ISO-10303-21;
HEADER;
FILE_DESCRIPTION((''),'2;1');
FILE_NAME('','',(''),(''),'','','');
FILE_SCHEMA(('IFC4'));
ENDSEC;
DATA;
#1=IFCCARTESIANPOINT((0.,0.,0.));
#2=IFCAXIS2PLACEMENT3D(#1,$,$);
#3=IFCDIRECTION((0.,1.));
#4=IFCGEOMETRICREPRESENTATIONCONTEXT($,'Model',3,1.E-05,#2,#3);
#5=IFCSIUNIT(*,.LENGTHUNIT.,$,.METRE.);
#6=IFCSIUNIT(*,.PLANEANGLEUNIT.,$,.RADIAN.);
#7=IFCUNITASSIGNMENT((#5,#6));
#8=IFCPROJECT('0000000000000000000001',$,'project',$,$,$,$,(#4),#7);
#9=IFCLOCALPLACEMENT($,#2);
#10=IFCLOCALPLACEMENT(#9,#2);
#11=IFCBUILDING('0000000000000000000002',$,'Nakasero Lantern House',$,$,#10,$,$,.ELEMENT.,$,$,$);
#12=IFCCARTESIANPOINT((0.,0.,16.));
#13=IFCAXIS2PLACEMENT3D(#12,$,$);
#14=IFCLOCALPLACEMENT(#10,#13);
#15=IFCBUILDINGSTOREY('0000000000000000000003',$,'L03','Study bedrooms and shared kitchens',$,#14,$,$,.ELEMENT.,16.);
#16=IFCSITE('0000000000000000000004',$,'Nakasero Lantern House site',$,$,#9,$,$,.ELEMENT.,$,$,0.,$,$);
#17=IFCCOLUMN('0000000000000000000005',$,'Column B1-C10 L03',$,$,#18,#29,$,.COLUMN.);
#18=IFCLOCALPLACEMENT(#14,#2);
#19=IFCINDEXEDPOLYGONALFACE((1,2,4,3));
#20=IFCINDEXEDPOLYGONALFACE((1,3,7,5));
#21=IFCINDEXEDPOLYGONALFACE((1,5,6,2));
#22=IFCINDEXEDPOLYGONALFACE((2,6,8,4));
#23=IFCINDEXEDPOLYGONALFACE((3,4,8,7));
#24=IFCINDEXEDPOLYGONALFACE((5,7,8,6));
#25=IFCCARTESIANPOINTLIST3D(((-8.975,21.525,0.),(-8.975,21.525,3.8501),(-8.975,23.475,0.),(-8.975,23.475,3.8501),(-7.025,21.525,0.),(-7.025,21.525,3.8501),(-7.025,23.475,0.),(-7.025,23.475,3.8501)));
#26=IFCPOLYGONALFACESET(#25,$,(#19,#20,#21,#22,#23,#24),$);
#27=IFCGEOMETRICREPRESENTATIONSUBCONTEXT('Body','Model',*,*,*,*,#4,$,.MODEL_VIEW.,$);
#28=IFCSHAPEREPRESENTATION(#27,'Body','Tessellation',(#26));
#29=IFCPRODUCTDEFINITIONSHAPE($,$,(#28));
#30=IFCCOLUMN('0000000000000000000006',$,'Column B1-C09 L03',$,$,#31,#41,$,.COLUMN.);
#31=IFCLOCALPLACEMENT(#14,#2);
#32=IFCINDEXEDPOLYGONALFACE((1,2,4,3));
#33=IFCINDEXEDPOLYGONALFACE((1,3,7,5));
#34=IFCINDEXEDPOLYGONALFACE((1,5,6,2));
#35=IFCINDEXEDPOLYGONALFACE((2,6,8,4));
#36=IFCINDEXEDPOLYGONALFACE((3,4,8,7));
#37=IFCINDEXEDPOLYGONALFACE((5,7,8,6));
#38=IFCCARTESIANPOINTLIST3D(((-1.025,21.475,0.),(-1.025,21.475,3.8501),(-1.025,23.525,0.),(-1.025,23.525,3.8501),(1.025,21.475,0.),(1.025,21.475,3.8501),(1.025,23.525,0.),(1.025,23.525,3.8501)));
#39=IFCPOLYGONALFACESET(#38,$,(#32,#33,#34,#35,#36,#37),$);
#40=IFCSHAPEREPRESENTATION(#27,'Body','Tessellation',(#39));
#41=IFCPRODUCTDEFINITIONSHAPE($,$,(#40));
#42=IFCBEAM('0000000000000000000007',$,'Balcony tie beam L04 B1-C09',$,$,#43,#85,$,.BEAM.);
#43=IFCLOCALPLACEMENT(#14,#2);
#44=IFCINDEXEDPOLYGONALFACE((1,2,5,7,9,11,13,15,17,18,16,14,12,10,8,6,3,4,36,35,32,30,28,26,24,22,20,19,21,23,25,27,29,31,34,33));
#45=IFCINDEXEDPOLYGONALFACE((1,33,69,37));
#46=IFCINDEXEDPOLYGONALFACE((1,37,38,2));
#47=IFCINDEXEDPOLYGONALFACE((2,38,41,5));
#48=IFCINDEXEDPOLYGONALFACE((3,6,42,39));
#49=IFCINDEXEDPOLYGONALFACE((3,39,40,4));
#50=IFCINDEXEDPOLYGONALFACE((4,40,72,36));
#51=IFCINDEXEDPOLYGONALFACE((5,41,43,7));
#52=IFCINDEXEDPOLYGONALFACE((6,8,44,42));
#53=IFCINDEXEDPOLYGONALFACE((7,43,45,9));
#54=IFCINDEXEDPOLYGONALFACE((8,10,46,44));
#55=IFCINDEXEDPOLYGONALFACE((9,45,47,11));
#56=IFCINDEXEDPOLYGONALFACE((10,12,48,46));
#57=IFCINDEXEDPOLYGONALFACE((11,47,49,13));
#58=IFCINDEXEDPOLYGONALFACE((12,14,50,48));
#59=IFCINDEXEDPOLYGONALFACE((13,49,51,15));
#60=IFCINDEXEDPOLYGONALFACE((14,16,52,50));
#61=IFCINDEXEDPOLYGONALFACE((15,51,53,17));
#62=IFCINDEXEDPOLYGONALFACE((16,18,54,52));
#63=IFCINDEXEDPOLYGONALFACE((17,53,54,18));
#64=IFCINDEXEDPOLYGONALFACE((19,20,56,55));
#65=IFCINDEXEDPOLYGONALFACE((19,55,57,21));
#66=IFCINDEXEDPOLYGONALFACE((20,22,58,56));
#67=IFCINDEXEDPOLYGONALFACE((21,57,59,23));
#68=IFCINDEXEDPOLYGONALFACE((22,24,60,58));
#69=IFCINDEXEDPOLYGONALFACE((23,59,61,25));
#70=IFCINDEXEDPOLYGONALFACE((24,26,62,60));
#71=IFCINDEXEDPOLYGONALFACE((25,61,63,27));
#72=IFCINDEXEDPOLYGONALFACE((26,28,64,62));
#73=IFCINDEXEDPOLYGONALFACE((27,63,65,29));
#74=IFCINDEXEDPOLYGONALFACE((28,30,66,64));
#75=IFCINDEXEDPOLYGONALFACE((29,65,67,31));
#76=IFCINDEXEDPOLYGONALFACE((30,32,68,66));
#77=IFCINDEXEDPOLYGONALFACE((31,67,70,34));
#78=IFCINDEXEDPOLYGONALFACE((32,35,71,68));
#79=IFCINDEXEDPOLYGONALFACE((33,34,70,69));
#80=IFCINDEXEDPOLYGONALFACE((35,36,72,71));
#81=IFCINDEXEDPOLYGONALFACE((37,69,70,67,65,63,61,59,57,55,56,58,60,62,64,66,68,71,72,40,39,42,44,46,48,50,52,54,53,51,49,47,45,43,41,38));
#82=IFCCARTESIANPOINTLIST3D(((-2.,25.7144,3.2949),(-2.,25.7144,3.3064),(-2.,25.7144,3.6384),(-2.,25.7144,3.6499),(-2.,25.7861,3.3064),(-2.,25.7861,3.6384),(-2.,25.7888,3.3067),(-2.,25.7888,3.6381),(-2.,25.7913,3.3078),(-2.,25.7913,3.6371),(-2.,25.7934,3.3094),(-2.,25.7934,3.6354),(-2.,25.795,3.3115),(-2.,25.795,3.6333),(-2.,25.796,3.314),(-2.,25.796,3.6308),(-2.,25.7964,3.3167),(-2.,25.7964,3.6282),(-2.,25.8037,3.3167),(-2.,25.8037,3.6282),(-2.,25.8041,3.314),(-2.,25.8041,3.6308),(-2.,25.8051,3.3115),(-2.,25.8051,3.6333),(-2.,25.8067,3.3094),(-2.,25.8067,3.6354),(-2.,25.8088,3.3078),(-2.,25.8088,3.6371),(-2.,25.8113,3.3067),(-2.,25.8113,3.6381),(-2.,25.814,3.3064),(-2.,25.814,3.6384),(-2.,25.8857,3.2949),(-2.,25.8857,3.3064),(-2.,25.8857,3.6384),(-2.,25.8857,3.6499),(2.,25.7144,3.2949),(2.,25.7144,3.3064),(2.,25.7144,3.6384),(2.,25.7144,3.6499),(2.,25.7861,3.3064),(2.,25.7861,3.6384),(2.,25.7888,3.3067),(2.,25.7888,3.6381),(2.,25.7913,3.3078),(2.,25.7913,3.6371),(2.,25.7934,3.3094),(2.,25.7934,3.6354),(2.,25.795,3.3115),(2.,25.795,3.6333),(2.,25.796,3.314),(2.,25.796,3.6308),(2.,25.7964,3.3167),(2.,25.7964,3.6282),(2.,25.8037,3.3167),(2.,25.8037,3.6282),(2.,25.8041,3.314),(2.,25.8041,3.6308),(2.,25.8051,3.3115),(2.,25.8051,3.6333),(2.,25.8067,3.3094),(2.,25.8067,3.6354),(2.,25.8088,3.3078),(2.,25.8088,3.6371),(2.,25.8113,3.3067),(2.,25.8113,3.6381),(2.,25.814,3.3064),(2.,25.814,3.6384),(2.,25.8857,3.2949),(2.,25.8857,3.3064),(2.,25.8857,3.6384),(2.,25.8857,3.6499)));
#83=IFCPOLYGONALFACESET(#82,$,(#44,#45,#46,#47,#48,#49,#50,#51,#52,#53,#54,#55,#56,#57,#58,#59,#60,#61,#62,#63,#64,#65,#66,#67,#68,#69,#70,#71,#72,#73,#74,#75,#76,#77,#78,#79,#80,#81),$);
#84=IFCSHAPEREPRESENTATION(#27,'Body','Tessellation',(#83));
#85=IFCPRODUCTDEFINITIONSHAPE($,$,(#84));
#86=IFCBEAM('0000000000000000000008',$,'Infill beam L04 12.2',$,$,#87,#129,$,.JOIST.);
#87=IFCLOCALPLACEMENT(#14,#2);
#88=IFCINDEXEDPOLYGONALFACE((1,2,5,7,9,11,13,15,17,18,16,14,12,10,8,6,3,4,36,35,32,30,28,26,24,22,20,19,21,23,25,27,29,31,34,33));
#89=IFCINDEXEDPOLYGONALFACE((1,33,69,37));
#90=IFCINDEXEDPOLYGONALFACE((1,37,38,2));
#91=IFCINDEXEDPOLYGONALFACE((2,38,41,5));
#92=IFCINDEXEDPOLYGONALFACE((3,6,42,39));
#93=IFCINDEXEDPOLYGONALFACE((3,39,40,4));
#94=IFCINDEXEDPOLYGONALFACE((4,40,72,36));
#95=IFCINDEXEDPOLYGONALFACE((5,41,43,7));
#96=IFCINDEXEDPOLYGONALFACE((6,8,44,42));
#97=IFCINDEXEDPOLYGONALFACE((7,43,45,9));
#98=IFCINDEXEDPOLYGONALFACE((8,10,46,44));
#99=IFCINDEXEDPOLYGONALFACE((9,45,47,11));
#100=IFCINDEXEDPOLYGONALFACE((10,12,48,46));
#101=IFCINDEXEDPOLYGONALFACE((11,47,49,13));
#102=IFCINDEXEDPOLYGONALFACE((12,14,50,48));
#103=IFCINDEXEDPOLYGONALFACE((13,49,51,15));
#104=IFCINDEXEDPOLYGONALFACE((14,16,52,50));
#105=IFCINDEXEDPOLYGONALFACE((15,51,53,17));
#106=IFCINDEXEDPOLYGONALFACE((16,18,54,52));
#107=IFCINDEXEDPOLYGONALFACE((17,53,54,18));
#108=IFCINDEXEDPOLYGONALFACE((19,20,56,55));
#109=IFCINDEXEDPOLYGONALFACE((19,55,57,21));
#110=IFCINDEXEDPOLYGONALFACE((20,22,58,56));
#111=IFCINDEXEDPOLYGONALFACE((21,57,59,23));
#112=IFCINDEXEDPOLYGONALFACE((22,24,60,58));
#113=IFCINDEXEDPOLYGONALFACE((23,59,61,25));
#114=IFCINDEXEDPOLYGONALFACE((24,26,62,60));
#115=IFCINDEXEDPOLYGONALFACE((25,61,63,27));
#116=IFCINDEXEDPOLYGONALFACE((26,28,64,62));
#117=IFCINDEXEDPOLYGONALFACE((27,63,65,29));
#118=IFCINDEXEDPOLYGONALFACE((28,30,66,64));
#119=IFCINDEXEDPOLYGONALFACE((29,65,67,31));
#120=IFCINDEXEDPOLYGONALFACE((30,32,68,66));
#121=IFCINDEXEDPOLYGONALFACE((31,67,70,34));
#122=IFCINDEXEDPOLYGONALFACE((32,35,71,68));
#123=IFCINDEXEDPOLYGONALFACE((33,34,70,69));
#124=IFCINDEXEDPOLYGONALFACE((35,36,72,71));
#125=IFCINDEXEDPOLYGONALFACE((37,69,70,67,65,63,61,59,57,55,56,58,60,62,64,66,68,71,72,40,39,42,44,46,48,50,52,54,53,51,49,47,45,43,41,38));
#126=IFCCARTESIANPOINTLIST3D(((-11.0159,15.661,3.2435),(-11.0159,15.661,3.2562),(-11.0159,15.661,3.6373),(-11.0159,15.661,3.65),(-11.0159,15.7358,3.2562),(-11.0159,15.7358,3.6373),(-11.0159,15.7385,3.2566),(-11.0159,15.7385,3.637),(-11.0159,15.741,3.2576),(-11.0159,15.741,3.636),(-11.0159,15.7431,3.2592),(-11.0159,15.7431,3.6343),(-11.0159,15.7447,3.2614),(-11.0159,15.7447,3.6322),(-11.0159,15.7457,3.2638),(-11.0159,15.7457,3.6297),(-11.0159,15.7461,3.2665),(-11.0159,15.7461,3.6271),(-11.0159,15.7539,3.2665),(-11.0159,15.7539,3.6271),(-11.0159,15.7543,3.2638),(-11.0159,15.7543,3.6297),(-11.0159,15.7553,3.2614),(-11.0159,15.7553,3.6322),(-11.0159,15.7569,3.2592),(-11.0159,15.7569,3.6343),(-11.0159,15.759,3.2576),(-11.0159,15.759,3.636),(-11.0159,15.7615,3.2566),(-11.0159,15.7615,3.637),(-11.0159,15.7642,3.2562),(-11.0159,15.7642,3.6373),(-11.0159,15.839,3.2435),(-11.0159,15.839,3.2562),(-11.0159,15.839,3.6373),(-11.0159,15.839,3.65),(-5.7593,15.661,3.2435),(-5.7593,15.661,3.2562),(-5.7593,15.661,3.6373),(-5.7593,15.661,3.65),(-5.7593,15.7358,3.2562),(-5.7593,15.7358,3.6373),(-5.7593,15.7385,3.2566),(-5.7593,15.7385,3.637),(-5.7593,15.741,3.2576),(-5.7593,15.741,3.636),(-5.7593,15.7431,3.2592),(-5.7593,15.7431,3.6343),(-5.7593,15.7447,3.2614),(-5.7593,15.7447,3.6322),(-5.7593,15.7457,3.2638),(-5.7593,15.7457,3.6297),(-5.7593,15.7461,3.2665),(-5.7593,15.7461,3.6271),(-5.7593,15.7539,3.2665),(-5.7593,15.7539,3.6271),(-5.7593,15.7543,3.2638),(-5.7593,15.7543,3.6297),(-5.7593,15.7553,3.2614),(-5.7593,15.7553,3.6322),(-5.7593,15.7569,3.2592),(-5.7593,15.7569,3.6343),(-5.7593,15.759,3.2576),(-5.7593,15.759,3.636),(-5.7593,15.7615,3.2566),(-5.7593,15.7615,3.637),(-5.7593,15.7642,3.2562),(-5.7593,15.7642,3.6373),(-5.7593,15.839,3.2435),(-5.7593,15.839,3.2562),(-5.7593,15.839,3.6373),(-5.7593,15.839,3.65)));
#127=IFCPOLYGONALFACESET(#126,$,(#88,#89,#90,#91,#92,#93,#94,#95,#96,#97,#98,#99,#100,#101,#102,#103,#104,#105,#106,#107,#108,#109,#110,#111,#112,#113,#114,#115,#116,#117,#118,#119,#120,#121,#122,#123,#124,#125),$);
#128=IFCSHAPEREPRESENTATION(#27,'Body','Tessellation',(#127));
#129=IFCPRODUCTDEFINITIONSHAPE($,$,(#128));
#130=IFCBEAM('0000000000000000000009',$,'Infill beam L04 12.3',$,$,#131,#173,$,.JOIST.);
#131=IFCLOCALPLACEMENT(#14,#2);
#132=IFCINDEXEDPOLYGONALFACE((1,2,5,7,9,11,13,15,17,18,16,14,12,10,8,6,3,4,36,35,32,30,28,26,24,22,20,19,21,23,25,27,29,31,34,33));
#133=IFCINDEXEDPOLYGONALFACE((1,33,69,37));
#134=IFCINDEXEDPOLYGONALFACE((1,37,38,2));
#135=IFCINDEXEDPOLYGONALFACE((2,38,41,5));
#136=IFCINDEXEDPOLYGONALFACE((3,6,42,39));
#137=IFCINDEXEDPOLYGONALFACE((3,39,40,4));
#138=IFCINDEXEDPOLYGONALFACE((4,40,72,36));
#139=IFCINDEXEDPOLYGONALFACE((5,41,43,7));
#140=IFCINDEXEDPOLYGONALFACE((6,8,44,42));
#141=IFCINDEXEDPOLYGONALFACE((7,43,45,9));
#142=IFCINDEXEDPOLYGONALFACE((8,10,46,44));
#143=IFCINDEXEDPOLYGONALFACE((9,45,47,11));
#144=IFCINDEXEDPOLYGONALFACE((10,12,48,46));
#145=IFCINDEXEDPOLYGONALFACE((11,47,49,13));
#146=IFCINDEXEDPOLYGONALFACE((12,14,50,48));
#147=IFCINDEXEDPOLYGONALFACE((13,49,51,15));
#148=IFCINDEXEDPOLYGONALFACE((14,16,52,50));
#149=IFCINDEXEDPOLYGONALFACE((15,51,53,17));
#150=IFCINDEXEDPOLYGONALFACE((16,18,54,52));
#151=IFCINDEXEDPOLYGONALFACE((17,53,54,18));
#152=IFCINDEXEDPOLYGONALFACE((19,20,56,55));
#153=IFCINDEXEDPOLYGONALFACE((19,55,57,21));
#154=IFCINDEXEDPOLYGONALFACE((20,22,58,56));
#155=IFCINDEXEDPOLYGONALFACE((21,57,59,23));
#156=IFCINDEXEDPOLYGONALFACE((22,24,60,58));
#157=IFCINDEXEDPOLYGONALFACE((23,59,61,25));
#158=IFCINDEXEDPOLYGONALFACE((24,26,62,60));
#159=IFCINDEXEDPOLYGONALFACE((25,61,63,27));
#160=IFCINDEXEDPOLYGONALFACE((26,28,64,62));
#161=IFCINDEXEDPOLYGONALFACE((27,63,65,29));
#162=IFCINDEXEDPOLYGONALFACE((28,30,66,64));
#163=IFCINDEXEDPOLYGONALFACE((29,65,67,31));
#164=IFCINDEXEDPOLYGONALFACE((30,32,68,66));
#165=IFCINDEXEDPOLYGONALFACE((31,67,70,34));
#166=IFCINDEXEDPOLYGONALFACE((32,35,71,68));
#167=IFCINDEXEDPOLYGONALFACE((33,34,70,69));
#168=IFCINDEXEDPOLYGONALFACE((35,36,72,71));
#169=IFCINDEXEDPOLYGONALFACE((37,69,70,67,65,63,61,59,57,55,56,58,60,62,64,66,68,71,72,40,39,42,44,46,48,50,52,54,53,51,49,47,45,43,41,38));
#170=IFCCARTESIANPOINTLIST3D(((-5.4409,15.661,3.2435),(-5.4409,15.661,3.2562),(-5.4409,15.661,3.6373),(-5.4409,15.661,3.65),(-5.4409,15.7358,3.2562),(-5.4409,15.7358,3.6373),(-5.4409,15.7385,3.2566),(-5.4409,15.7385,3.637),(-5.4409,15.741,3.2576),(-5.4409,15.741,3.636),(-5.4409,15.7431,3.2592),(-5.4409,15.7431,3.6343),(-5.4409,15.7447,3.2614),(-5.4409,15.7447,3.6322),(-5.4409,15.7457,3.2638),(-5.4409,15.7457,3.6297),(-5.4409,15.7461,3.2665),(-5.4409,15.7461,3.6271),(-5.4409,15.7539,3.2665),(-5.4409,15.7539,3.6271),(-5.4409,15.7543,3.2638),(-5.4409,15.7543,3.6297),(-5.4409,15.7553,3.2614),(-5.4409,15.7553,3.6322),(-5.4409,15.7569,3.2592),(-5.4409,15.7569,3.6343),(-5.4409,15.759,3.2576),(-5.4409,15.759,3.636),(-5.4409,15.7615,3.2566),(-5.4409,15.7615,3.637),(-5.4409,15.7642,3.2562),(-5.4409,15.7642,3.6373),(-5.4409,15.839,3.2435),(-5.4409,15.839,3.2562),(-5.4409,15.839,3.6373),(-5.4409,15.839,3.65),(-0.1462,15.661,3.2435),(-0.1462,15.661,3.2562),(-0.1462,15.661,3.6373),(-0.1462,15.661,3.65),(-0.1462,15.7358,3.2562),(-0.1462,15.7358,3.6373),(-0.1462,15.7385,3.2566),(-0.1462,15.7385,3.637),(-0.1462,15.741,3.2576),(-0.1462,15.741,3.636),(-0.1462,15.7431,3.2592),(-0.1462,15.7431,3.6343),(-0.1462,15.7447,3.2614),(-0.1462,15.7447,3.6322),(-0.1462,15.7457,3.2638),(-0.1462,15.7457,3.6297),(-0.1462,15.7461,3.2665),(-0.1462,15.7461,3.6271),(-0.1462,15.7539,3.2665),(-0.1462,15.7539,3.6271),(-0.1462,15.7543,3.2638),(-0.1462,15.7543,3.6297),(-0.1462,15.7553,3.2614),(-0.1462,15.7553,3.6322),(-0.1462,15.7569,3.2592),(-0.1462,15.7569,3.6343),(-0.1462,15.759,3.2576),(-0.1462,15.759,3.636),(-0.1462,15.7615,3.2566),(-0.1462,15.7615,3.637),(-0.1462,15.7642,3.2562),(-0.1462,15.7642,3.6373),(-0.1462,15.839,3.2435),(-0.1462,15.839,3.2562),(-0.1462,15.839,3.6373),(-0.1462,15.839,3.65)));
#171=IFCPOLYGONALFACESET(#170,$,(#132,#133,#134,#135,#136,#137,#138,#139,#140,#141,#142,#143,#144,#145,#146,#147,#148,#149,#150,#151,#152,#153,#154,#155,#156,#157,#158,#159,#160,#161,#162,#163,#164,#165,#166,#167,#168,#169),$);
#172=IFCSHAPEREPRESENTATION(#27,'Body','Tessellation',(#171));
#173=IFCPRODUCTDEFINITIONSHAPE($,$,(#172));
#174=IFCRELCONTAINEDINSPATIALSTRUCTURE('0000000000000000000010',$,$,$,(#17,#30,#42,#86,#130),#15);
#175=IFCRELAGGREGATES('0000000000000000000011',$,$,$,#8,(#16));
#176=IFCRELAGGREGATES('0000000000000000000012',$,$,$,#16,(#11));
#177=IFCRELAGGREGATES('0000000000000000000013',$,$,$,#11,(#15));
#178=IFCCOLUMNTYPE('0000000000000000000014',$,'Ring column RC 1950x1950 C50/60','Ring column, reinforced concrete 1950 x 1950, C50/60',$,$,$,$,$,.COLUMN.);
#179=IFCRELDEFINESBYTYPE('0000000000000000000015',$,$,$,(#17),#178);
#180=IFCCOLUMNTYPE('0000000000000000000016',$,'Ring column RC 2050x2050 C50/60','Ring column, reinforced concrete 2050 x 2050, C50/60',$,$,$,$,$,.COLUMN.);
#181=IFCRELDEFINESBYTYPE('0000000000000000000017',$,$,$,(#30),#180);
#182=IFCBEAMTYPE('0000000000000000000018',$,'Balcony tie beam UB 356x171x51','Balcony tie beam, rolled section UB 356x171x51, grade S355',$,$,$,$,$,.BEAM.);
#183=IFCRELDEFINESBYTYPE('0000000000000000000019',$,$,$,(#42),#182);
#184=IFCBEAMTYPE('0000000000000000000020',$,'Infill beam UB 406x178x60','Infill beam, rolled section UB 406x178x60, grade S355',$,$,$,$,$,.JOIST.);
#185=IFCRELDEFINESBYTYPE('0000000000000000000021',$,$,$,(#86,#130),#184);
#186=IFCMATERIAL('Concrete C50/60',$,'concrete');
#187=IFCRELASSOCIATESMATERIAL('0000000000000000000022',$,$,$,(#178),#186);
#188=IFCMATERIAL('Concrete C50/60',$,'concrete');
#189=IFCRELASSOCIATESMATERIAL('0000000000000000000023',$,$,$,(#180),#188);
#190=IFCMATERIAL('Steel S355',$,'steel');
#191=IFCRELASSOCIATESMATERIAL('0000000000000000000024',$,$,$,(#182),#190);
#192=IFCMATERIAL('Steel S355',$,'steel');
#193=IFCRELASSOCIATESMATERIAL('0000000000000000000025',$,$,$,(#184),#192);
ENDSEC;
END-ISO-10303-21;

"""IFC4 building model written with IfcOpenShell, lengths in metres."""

from ifc_helpers import new_model, si_unit, direction, frame, origin, origin_2d, place, context, subcontext, project, spatial, rectangle, i_section, extrude, material, material_profile, profile_set, type_object, element, save


model = new_model("IFC4")

# Units and contexts
model_context = context("Model", 3, precision=1e-05, world=origin(), true_north=direction((0.0, 1.0)))
body_context = subcontext(model_context, "Body", "Model", "MODEL_VIEW")
ifc_project = project(units=[si_unit("LENGTHUNIT", "METRE"), si_unit("PLANEANGLEUNIT", "RADIAN")], contexts=[model_context])

# Site, building, storey
site_placement = place(None, origin())
site = spatial("IfcSite", under=ifc_project, at=site_placement, Name="Nakasero Lantern House site", CompositionType="ELEMENT", RefElevation=0.0)
building_placement = place(site_placement, origin())
building = spatial("IfcBuilding", under=site, at=building_placement, Name="Nakasero Lantern House", CompositionType="ELEMENT")
storey_placement = place(building_placement, frame((0.0, 0.0, 16.0)))
storey = spatial("IfcBuildingStorey", under=building, at=storey_placement, Name="L03", Description="Study bedrooms and shared kitchens", CompositionType="ELEMENT", Elevation=16.0)

# Columns
ifc_material_1 = material(Name="Concrete C50/60", Category="concrete")
ifc_material_profile_1 = material_profile(ifc_material_1, rectangle(XDim=1.95, YDim=1.95, at=origin_2d()), Name="RC 1950x1950")
ifc_profile_set_1 = profile_set([ifc_material_profile_1], Name="Concrete C50/60")
column_type_1 = type_object("IfcColumnType", Name="Ring column RC 1950x1950 C50/60", Description="Ring column, reinforced concrete 1950 x 1950, C50/60", PredefinedType="COLUMN", material=ifc_profile_set_1)
column_1_placement = place(storey_placement, frame((-8.0, 22.5, 0.0), z_axis=(0.0, 0.0, 1.0), x_axis=(1.0, 0.0, 0.0)))
element("IfcColumn", 1, at=column_1_placement, inside=storey, type_object=column_type_1, Name="Column B1-C10 L03", PredefinedType="COLUMN", context=body_context, shape_type="SweptSolid", body=[
    extrude(rectangle(XDim=1.95, YDim=1.95, at=origin_2d()), origin(), (0.0, 0.0, 1.0), 3.8501),
])
ifc_material_2 = material(Name="Concrete C50/60", Category="concrete")
ifc_material_profile_2 = material_profile(ifc_material_2, rectangle(XDim=2.05, YDim=2.05, at=origin_2d()), Name="RC 2050x2050")
ifc_profile_set_2 = profile_set([ifc_material_profile_2], Name="Concrete C50/60")
column_type_2 = type_object("IfcColumnType", Name="Ring column RC 2050x2050 C50/60", Description="Ring column, reinforced concrete 2050 x 2050, C50/60", PredefinedType="COLUMN", material=ifc_profile_set_2)
column_2_placement = place(storey_placement, frame((0.0, 22.5, 0.0), z_axis=(0.0, 0.0, 1.0), x_axis=(1.0, 0.0, 0.0)))
element("IfcColumn", 2, at=column_2_placement, inside=storey, type_object=column_type_2, Name="Column B1-C09 L03", PredefinedType="COLUMN", context=body_context, shape_type="SweptSolid", body=[
    extrude(rectangle(XDim=2.05, YDim=2.05, at=origin_2d()), origin(), (0.0, 0.0, 1.0), 3.8501),
])

# Beams
ifc_material_3 = material(Name="Steel S355", Category="steel")
ifc_material_profile_3 = material_profile(ifc_material_3, i_section(OverallWidth=0.1714, OverallDepth=0.355, WebThickness=0.0073, FlangeThickness=0.0115, FilletRadius=0.0103, at=origin_2d()), Name="UB 356x171x51")
ifc_profile_set_3 = profile_set([ifc_material_profile_3], Name="Steel S355")
beam_type_1 = type_object("IfcBeamType", Name="Balcony tie beam UB 356x171x51", Description="Balcony tie beam, rolled section UB 356x171x51, grade S355", PredefinedType="BEAM", material=ifc_profile_set_3)
beam_1_placement = place(storey_placement, frame((-2.0, 25.8, 3.4724), z_axis=(1.0, 0.0, 0.0), x_axis=(0.0, 1.0, 0.0)))
element("IfcBeam", 3, at=beam_1_placement, inside=storey, type_object=beam_type_1, Name="Balcony tie beam L04 B1-C09", PredefinedType="BEAM", context=body_context, shape_type="SweptSolid", body=[
    extrude(i_section(OverallWidth=0.1714, OverallDepth=0.355, WebThickness=0.0073, FlangeThickness=0.0115, FilletRadius=0.0103, at=origin_2d()), origin(), (0.0, 0.0, 1.0), 4.0),
])
ifc_material_4 = material(Name="Steel S355", Category="steel")
ifc_material_profile_4 = material_profile(ifc_material_4, i_section(OverallWidth=0.178, OverallDepth=0.4065, WebThickness=0.0078, FlangeThickness=0.0127, FilletRadius=0.0103, at=origin_2d()), Name="UB 406x178x60")
ifc_profile_set_4 = profile_set([ifc_material_profile_4], Name="Steel S355")
beam_type_2 = type_object("IfcBeamType", Name="Infill beam UB 406x178x60", Description="Infill beam, rolled section UB 406x178x60, grade S355", PredefinedType="JOIST", material=ifc_profile_set_4)
beam_2_placement = place(storey_placement, frame((-11.0159, 15.75, 3.4468), z_axis=(1.0, 0.0, 0.0), x_axis=(0.0, 1.0, 0.0)))
element("IfcBeam", 4, at=beam_2_placement, inside=storey, type_object=beam_type_2, Name="Infill beam L04 12.2", PredefinedType="JOIST", context=body_context, shape_type="SweptSolid", body=[
    extrude(i_section(OverallWidth=0.178, OverallDepth=0.4065, WebThickness=0.0078, FlangeThickness=0.0127, FilletRadius=0.0103, at=origin_2d()), origin(), (0.0, 0.0, 1.0), 5.2566),
])
beam_3_placement = place(storey_placement, frame((-5.4409, 15.75, 3.4468), z_axis=(1.0, 0.0, 0.0), x_axis=(0.0, 1.0, 0.0)))
element("IfcBeam", 5, at=beam_3_placement, inside=storey, type_object=beam_type_2, Name="Infill beam L04 12.3", PredefinedType="JOIST", context=body_context, shape_type="SweptSolid", body=[
    extrude(i_section(OverallWidth=0.178, OverallDepth=0.4065, WebThickness=0.0078, FlangeThickness=0.0127, FilletRadius=0.0103, at=origin_2d()), origin(), (0.0, 0.0, 1.0), 5.2947),
])

save(model, "model.ifc")
